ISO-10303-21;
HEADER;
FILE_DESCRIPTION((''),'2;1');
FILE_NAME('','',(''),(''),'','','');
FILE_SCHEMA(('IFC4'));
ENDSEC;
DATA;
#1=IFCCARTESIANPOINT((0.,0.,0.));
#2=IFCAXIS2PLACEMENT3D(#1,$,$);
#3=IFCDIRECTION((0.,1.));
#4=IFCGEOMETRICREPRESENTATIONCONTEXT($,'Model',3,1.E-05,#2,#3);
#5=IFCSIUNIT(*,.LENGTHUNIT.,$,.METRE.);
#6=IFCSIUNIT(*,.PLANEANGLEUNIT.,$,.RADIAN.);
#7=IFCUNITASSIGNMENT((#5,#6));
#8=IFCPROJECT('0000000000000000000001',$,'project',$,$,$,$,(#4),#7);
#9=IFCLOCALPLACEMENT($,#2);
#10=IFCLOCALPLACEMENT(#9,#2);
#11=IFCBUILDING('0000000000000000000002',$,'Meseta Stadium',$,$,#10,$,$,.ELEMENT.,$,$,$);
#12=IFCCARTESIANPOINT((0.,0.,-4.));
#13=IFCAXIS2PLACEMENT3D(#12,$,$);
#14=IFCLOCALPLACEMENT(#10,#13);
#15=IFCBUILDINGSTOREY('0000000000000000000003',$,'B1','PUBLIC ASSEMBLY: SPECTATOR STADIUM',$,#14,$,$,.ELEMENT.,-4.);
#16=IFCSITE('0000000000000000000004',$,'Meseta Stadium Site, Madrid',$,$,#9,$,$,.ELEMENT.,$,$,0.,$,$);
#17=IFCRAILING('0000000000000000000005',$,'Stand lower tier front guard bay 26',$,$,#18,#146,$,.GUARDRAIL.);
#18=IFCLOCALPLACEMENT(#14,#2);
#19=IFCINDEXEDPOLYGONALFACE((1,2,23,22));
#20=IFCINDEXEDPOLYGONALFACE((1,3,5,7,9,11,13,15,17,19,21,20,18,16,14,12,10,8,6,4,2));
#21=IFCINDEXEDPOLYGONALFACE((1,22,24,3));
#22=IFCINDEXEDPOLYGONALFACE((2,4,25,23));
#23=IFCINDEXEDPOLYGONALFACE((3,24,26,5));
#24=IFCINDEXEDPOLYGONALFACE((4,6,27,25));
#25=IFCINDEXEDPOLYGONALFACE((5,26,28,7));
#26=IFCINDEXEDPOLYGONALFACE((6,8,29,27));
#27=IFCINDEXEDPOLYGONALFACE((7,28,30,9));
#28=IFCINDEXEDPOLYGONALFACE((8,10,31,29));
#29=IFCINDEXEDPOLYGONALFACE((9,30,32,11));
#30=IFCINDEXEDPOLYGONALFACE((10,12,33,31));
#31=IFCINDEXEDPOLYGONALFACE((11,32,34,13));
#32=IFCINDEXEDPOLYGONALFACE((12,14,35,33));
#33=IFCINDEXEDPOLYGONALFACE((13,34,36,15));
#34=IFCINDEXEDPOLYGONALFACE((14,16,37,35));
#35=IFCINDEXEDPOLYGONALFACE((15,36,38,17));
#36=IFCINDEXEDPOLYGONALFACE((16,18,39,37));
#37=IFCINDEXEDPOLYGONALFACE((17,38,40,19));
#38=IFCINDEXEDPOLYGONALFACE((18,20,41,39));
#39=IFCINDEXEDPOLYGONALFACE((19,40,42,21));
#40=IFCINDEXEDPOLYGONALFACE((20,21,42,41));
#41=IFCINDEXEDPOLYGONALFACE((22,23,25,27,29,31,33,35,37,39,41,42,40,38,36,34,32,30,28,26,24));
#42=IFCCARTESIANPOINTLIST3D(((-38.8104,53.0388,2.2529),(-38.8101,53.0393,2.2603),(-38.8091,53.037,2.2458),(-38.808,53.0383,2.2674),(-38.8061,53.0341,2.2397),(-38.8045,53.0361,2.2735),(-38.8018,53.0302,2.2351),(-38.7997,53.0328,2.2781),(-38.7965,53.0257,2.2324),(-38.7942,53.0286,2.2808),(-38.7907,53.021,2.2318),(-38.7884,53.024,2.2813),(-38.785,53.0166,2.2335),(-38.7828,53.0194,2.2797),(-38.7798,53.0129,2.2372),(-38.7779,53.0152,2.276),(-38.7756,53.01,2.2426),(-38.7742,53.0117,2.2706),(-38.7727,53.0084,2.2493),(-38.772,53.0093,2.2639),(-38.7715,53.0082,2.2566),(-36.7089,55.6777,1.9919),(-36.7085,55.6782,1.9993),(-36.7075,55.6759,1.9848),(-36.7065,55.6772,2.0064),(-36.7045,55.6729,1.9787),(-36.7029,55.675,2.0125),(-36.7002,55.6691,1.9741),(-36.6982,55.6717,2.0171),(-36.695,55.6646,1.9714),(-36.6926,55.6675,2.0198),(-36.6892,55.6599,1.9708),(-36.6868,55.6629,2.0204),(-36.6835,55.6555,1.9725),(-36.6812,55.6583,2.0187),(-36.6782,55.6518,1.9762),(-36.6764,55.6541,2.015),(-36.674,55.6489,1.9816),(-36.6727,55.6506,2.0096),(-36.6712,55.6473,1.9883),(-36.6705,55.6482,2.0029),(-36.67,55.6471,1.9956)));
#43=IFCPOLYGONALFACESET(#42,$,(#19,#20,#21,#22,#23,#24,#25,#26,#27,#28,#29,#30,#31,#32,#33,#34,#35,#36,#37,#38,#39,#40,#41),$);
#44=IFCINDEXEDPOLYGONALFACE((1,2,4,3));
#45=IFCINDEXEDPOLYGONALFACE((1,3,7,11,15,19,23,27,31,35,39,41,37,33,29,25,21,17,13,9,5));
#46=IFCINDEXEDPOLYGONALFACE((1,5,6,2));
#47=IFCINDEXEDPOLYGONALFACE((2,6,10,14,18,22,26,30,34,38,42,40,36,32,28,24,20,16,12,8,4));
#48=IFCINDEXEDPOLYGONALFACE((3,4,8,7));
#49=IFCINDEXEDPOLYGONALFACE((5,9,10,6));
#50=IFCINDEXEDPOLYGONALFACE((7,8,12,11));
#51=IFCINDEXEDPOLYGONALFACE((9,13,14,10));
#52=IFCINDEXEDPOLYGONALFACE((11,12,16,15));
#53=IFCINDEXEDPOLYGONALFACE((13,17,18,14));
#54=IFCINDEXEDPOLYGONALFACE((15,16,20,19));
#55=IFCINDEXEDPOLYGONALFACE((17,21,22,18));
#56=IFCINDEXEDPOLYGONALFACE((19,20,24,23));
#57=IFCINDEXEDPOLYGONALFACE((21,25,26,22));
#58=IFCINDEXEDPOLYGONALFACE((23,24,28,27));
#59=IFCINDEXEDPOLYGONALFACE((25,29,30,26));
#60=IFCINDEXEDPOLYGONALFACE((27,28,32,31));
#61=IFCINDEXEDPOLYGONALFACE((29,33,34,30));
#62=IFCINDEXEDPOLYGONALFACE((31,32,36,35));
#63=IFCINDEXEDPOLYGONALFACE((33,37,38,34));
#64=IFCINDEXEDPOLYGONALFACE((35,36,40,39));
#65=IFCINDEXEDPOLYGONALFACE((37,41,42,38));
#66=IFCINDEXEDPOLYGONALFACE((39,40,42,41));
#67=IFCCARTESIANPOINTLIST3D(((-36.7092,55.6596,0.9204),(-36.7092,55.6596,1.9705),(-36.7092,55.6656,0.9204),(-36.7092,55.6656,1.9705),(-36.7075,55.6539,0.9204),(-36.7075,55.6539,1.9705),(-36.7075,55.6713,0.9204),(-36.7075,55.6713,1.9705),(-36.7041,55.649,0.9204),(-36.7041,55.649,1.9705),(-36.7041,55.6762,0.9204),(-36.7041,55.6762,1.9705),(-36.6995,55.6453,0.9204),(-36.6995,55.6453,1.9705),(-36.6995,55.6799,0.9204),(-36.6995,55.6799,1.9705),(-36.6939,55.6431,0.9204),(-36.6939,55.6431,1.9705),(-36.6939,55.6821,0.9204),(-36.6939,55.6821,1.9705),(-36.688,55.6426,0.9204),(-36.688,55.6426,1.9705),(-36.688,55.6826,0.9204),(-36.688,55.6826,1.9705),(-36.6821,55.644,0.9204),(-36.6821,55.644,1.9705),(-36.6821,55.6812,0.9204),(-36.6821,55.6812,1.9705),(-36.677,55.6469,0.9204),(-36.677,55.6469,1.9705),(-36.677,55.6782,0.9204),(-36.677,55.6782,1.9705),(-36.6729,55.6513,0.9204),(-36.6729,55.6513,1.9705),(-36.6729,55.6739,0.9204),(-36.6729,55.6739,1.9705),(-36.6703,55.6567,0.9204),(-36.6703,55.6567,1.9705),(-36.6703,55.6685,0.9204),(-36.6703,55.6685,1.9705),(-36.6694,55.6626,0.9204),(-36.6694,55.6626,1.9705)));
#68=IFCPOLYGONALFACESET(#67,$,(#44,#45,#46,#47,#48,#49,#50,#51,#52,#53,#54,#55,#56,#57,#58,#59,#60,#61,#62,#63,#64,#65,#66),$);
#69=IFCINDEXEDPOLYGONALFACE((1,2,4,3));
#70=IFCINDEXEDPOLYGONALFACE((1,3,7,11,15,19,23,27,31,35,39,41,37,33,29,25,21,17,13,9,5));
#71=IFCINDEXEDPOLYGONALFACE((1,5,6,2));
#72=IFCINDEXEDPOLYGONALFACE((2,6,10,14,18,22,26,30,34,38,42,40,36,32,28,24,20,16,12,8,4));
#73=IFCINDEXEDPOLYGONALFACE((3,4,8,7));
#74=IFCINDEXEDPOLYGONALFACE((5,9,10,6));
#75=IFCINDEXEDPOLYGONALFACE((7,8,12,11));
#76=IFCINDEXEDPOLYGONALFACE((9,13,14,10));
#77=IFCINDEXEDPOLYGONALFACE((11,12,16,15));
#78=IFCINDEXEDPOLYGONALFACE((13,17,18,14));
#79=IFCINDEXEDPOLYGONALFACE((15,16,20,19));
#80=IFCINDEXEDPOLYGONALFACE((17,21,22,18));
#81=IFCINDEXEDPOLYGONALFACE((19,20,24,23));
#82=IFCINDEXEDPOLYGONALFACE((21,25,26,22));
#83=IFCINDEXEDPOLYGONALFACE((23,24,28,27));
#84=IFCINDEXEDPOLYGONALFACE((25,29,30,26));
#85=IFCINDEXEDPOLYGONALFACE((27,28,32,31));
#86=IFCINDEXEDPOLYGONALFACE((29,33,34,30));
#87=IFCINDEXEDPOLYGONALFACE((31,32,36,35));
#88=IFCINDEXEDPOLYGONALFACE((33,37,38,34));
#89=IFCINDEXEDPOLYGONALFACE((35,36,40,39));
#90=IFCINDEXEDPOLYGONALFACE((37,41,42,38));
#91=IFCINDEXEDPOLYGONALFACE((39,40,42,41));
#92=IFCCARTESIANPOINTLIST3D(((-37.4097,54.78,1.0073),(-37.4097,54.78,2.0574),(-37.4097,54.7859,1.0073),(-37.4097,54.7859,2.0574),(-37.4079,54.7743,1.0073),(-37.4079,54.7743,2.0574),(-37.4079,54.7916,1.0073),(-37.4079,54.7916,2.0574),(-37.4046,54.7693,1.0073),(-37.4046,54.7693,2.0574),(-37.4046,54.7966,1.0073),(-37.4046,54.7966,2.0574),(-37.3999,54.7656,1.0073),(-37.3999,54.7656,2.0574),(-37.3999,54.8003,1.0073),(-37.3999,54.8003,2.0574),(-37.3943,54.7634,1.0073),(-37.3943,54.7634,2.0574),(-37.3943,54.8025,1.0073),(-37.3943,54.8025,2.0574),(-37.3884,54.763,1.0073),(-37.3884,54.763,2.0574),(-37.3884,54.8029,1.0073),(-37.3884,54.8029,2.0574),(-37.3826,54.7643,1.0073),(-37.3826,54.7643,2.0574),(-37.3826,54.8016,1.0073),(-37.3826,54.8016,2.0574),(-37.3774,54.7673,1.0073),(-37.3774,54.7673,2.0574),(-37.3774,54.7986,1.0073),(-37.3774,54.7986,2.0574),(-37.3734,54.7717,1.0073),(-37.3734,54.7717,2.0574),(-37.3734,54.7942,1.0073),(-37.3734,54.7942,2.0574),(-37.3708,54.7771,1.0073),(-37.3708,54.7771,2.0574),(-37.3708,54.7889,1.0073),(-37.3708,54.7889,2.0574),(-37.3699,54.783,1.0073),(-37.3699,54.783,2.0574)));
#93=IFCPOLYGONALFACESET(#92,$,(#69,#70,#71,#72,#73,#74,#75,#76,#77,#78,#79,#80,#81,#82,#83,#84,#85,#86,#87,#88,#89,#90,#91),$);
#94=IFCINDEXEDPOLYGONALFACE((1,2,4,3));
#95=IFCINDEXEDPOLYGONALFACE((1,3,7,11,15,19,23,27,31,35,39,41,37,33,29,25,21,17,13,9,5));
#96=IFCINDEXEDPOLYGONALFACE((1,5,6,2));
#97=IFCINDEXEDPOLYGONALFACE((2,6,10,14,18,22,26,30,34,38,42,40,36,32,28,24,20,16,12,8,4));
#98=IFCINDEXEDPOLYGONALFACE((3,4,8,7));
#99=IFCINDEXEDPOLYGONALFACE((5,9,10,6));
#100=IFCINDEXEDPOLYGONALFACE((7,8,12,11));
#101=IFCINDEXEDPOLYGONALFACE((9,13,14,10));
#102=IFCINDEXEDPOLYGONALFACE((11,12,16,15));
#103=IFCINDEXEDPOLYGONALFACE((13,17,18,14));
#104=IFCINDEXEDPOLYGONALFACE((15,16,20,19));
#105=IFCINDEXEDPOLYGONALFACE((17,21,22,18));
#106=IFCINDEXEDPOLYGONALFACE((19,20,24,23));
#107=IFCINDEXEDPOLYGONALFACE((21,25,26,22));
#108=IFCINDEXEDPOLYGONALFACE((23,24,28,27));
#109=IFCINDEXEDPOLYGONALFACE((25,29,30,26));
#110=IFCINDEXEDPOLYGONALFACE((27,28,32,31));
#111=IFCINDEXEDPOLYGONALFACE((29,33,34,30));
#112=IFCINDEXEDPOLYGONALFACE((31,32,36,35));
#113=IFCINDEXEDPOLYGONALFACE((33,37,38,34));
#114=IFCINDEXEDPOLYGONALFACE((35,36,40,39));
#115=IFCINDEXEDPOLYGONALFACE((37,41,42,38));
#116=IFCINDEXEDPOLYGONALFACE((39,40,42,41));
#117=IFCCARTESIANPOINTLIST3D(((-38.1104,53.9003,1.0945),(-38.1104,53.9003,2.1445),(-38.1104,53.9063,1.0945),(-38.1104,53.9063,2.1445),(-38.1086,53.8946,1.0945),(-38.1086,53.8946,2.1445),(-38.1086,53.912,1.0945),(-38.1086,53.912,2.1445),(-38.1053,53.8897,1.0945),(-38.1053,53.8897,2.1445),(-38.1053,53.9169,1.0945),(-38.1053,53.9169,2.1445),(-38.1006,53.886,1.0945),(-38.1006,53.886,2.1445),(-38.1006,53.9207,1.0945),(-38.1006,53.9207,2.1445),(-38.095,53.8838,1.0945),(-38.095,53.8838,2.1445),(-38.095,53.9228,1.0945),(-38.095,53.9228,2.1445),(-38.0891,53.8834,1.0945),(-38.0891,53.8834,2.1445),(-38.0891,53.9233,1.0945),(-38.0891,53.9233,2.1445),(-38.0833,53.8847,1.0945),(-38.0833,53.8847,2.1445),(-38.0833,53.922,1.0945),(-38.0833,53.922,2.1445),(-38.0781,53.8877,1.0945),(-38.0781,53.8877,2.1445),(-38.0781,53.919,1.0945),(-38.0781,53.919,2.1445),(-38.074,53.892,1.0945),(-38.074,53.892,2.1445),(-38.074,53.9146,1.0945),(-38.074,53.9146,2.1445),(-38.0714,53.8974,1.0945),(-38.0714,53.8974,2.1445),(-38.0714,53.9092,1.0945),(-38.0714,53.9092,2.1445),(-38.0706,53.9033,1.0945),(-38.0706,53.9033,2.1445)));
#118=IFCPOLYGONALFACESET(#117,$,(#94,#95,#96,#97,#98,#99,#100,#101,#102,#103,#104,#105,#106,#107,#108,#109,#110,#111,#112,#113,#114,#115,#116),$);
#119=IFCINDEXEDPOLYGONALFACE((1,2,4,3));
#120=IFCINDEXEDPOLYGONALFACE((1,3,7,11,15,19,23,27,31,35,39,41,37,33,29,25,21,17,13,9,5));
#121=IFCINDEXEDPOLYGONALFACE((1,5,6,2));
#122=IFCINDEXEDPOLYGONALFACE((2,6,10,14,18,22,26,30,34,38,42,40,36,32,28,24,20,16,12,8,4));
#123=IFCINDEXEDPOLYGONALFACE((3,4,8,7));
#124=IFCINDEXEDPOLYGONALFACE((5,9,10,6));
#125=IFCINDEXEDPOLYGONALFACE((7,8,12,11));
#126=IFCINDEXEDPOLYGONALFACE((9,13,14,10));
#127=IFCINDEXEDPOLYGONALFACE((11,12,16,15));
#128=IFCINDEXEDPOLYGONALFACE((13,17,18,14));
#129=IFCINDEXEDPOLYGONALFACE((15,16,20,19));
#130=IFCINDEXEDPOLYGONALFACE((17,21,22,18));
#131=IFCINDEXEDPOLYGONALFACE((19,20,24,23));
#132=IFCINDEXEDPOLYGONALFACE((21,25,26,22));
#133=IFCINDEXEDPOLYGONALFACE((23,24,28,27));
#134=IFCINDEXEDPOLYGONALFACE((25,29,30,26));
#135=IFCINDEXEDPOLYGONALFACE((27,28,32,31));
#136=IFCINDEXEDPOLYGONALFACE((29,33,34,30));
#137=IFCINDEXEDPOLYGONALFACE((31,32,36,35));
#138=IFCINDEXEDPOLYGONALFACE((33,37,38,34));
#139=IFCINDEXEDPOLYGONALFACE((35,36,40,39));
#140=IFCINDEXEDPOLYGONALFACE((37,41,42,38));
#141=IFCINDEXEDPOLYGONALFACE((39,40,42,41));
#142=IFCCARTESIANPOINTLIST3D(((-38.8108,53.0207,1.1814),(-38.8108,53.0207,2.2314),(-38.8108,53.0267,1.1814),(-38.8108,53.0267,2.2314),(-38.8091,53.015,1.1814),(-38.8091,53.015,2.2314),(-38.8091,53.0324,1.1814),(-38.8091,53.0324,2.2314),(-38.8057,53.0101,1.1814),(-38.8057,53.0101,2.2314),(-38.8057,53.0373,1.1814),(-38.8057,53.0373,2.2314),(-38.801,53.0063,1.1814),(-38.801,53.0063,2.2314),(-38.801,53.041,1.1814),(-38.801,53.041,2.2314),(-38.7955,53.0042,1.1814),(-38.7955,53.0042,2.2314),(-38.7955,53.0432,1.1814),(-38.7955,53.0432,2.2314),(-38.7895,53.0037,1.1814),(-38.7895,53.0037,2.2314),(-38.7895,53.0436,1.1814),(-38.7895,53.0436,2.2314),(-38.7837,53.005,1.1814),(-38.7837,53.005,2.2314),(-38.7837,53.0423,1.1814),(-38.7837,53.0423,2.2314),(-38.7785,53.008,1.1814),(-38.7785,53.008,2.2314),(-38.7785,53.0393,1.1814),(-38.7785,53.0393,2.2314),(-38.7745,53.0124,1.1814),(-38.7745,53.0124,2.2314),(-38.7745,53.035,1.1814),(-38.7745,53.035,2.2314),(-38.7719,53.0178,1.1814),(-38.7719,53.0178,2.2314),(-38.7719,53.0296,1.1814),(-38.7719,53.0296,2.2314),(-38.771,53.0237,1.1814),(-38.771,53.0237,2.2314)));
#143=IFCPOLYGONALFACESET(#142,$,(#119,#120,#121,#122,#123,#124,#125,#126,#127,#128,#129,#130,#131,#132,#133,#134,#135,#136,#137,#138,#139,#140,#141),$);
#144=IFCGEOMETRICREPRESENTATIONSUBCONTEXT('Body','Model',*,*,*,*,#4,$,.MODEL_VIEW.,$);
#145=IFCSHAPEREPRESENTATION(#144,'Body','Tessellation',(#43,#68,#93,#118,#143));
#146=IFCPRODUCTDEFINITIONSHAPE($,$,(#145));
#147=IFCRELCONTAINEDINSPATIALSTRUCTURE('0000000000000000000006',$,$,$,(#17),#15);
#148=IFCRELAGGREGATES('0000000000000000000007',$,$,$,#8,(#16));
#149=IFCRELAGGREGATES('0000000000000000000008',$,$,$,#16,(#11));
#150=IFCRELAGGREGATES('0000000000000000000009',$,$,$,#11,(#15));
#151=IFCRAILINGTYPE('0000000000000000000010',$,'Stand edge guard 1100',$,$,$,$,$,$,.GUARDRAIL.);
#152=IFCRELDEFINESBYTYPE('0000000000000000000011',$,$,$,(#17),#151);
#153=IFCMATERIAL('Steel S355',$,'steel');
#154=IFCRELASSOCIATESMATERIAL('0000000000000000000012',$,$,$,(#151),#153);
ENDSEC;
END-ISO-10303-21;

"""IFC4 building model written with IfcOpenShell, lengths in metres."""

from ifc_helpers import new_model, si_unit, direction, frame, origin, origin_2d, place, context, subcontext, project, spatial, circle, extrude, material, type_object, element, save


model = new_model("IFC4")

# Units and contexts
model_context = context("Model", 3, precision=1e-05, world=origin(), true_north=direction((0.0, 1.0)))
body_context = subcontext(model_context, "Body", "Model", "MODEL_VIEW")
ifc_project = project(units=[si_unit("LENGTHUNIT", "METRE"), si_unit("PLANEANGLEUNIT", "RADIAN")], contexts=[model_context])

# Site, building, storey
site_placement = place(None, origin())
site = spatial("IfcSite", under=ifc_project, at=site_placement, Name="Meseta Stadium Site, Madrid", CompositionType="ELEMENT", RefElevation=0.0)
building_placement = place(site_placement, origin())
building = spatial("IfcBuilding", under=site, at=building_placement, Name="Meseta Stadium", CompositionType="ELEMENT")
storey_placement = place(building_placement, frame((0.0, 0.0, -4.0)))
storey = spatial("IfcBuildingStorey", under=building, at=storey_placement, Name="B1", Description="PUBLIC ASSEMBLY: SPECTATOR STADIUM", CompositionType="ELEMENT", Elevation=-4.0)

# Railing
ifc_material_1 = material(Name="Steel S355", Category="steel")
railing_type = type_object("IfcRailingType", Name="Stand edge guard 1100", PredefinedType="GUARDRAIL", material=ifc_material_1)
railing_1_placement = place(storey_placement, frame((-36.6895, 55.6626, 0.9204)))
element("IfcRailing", 1, at=railing_1_placement, inside=storey, type_object=railing_type, Name="Stand lower tier front guard bay 26", PredefinedType="GUARDRAIL", context=body_context, shape_type="SweptSolid", body=[
    extrude(circle(Radius=0.0249, at=origin_2d()), frame((0.0, 0.0, 1.0752), z_axis=(-0.621108, -0.77992, 0.077133), x_axis=(0.782251, -0.622964, 0.0)), (0.0, 0.0, 1.0), 3.3835),
    extrude(circle(Radius=0.02, at=origin_2d()), origin(), (0.0, 0.0, 1.0), 1.05),
    extrude(circle(Radius=0.02, at=origin_2d()), frame((-0.7004, -0.8796, 0.0869)), (0.0, 0.0, 1.0), 1.05),
    extrude(circle(Radius=0.02, at=origin_2d()), frame((-1.4011, -1.7593, 0.1741)), (0.0, 0.0, 1.0), 1.05),
    extrude(circle(Radius=0.02, at=origin_2d()), frame((-2.1016, -2.6389, 0.261)), (0.0, 0.0, 1.0), 1.05),
])

save(model, "model.ifc")
